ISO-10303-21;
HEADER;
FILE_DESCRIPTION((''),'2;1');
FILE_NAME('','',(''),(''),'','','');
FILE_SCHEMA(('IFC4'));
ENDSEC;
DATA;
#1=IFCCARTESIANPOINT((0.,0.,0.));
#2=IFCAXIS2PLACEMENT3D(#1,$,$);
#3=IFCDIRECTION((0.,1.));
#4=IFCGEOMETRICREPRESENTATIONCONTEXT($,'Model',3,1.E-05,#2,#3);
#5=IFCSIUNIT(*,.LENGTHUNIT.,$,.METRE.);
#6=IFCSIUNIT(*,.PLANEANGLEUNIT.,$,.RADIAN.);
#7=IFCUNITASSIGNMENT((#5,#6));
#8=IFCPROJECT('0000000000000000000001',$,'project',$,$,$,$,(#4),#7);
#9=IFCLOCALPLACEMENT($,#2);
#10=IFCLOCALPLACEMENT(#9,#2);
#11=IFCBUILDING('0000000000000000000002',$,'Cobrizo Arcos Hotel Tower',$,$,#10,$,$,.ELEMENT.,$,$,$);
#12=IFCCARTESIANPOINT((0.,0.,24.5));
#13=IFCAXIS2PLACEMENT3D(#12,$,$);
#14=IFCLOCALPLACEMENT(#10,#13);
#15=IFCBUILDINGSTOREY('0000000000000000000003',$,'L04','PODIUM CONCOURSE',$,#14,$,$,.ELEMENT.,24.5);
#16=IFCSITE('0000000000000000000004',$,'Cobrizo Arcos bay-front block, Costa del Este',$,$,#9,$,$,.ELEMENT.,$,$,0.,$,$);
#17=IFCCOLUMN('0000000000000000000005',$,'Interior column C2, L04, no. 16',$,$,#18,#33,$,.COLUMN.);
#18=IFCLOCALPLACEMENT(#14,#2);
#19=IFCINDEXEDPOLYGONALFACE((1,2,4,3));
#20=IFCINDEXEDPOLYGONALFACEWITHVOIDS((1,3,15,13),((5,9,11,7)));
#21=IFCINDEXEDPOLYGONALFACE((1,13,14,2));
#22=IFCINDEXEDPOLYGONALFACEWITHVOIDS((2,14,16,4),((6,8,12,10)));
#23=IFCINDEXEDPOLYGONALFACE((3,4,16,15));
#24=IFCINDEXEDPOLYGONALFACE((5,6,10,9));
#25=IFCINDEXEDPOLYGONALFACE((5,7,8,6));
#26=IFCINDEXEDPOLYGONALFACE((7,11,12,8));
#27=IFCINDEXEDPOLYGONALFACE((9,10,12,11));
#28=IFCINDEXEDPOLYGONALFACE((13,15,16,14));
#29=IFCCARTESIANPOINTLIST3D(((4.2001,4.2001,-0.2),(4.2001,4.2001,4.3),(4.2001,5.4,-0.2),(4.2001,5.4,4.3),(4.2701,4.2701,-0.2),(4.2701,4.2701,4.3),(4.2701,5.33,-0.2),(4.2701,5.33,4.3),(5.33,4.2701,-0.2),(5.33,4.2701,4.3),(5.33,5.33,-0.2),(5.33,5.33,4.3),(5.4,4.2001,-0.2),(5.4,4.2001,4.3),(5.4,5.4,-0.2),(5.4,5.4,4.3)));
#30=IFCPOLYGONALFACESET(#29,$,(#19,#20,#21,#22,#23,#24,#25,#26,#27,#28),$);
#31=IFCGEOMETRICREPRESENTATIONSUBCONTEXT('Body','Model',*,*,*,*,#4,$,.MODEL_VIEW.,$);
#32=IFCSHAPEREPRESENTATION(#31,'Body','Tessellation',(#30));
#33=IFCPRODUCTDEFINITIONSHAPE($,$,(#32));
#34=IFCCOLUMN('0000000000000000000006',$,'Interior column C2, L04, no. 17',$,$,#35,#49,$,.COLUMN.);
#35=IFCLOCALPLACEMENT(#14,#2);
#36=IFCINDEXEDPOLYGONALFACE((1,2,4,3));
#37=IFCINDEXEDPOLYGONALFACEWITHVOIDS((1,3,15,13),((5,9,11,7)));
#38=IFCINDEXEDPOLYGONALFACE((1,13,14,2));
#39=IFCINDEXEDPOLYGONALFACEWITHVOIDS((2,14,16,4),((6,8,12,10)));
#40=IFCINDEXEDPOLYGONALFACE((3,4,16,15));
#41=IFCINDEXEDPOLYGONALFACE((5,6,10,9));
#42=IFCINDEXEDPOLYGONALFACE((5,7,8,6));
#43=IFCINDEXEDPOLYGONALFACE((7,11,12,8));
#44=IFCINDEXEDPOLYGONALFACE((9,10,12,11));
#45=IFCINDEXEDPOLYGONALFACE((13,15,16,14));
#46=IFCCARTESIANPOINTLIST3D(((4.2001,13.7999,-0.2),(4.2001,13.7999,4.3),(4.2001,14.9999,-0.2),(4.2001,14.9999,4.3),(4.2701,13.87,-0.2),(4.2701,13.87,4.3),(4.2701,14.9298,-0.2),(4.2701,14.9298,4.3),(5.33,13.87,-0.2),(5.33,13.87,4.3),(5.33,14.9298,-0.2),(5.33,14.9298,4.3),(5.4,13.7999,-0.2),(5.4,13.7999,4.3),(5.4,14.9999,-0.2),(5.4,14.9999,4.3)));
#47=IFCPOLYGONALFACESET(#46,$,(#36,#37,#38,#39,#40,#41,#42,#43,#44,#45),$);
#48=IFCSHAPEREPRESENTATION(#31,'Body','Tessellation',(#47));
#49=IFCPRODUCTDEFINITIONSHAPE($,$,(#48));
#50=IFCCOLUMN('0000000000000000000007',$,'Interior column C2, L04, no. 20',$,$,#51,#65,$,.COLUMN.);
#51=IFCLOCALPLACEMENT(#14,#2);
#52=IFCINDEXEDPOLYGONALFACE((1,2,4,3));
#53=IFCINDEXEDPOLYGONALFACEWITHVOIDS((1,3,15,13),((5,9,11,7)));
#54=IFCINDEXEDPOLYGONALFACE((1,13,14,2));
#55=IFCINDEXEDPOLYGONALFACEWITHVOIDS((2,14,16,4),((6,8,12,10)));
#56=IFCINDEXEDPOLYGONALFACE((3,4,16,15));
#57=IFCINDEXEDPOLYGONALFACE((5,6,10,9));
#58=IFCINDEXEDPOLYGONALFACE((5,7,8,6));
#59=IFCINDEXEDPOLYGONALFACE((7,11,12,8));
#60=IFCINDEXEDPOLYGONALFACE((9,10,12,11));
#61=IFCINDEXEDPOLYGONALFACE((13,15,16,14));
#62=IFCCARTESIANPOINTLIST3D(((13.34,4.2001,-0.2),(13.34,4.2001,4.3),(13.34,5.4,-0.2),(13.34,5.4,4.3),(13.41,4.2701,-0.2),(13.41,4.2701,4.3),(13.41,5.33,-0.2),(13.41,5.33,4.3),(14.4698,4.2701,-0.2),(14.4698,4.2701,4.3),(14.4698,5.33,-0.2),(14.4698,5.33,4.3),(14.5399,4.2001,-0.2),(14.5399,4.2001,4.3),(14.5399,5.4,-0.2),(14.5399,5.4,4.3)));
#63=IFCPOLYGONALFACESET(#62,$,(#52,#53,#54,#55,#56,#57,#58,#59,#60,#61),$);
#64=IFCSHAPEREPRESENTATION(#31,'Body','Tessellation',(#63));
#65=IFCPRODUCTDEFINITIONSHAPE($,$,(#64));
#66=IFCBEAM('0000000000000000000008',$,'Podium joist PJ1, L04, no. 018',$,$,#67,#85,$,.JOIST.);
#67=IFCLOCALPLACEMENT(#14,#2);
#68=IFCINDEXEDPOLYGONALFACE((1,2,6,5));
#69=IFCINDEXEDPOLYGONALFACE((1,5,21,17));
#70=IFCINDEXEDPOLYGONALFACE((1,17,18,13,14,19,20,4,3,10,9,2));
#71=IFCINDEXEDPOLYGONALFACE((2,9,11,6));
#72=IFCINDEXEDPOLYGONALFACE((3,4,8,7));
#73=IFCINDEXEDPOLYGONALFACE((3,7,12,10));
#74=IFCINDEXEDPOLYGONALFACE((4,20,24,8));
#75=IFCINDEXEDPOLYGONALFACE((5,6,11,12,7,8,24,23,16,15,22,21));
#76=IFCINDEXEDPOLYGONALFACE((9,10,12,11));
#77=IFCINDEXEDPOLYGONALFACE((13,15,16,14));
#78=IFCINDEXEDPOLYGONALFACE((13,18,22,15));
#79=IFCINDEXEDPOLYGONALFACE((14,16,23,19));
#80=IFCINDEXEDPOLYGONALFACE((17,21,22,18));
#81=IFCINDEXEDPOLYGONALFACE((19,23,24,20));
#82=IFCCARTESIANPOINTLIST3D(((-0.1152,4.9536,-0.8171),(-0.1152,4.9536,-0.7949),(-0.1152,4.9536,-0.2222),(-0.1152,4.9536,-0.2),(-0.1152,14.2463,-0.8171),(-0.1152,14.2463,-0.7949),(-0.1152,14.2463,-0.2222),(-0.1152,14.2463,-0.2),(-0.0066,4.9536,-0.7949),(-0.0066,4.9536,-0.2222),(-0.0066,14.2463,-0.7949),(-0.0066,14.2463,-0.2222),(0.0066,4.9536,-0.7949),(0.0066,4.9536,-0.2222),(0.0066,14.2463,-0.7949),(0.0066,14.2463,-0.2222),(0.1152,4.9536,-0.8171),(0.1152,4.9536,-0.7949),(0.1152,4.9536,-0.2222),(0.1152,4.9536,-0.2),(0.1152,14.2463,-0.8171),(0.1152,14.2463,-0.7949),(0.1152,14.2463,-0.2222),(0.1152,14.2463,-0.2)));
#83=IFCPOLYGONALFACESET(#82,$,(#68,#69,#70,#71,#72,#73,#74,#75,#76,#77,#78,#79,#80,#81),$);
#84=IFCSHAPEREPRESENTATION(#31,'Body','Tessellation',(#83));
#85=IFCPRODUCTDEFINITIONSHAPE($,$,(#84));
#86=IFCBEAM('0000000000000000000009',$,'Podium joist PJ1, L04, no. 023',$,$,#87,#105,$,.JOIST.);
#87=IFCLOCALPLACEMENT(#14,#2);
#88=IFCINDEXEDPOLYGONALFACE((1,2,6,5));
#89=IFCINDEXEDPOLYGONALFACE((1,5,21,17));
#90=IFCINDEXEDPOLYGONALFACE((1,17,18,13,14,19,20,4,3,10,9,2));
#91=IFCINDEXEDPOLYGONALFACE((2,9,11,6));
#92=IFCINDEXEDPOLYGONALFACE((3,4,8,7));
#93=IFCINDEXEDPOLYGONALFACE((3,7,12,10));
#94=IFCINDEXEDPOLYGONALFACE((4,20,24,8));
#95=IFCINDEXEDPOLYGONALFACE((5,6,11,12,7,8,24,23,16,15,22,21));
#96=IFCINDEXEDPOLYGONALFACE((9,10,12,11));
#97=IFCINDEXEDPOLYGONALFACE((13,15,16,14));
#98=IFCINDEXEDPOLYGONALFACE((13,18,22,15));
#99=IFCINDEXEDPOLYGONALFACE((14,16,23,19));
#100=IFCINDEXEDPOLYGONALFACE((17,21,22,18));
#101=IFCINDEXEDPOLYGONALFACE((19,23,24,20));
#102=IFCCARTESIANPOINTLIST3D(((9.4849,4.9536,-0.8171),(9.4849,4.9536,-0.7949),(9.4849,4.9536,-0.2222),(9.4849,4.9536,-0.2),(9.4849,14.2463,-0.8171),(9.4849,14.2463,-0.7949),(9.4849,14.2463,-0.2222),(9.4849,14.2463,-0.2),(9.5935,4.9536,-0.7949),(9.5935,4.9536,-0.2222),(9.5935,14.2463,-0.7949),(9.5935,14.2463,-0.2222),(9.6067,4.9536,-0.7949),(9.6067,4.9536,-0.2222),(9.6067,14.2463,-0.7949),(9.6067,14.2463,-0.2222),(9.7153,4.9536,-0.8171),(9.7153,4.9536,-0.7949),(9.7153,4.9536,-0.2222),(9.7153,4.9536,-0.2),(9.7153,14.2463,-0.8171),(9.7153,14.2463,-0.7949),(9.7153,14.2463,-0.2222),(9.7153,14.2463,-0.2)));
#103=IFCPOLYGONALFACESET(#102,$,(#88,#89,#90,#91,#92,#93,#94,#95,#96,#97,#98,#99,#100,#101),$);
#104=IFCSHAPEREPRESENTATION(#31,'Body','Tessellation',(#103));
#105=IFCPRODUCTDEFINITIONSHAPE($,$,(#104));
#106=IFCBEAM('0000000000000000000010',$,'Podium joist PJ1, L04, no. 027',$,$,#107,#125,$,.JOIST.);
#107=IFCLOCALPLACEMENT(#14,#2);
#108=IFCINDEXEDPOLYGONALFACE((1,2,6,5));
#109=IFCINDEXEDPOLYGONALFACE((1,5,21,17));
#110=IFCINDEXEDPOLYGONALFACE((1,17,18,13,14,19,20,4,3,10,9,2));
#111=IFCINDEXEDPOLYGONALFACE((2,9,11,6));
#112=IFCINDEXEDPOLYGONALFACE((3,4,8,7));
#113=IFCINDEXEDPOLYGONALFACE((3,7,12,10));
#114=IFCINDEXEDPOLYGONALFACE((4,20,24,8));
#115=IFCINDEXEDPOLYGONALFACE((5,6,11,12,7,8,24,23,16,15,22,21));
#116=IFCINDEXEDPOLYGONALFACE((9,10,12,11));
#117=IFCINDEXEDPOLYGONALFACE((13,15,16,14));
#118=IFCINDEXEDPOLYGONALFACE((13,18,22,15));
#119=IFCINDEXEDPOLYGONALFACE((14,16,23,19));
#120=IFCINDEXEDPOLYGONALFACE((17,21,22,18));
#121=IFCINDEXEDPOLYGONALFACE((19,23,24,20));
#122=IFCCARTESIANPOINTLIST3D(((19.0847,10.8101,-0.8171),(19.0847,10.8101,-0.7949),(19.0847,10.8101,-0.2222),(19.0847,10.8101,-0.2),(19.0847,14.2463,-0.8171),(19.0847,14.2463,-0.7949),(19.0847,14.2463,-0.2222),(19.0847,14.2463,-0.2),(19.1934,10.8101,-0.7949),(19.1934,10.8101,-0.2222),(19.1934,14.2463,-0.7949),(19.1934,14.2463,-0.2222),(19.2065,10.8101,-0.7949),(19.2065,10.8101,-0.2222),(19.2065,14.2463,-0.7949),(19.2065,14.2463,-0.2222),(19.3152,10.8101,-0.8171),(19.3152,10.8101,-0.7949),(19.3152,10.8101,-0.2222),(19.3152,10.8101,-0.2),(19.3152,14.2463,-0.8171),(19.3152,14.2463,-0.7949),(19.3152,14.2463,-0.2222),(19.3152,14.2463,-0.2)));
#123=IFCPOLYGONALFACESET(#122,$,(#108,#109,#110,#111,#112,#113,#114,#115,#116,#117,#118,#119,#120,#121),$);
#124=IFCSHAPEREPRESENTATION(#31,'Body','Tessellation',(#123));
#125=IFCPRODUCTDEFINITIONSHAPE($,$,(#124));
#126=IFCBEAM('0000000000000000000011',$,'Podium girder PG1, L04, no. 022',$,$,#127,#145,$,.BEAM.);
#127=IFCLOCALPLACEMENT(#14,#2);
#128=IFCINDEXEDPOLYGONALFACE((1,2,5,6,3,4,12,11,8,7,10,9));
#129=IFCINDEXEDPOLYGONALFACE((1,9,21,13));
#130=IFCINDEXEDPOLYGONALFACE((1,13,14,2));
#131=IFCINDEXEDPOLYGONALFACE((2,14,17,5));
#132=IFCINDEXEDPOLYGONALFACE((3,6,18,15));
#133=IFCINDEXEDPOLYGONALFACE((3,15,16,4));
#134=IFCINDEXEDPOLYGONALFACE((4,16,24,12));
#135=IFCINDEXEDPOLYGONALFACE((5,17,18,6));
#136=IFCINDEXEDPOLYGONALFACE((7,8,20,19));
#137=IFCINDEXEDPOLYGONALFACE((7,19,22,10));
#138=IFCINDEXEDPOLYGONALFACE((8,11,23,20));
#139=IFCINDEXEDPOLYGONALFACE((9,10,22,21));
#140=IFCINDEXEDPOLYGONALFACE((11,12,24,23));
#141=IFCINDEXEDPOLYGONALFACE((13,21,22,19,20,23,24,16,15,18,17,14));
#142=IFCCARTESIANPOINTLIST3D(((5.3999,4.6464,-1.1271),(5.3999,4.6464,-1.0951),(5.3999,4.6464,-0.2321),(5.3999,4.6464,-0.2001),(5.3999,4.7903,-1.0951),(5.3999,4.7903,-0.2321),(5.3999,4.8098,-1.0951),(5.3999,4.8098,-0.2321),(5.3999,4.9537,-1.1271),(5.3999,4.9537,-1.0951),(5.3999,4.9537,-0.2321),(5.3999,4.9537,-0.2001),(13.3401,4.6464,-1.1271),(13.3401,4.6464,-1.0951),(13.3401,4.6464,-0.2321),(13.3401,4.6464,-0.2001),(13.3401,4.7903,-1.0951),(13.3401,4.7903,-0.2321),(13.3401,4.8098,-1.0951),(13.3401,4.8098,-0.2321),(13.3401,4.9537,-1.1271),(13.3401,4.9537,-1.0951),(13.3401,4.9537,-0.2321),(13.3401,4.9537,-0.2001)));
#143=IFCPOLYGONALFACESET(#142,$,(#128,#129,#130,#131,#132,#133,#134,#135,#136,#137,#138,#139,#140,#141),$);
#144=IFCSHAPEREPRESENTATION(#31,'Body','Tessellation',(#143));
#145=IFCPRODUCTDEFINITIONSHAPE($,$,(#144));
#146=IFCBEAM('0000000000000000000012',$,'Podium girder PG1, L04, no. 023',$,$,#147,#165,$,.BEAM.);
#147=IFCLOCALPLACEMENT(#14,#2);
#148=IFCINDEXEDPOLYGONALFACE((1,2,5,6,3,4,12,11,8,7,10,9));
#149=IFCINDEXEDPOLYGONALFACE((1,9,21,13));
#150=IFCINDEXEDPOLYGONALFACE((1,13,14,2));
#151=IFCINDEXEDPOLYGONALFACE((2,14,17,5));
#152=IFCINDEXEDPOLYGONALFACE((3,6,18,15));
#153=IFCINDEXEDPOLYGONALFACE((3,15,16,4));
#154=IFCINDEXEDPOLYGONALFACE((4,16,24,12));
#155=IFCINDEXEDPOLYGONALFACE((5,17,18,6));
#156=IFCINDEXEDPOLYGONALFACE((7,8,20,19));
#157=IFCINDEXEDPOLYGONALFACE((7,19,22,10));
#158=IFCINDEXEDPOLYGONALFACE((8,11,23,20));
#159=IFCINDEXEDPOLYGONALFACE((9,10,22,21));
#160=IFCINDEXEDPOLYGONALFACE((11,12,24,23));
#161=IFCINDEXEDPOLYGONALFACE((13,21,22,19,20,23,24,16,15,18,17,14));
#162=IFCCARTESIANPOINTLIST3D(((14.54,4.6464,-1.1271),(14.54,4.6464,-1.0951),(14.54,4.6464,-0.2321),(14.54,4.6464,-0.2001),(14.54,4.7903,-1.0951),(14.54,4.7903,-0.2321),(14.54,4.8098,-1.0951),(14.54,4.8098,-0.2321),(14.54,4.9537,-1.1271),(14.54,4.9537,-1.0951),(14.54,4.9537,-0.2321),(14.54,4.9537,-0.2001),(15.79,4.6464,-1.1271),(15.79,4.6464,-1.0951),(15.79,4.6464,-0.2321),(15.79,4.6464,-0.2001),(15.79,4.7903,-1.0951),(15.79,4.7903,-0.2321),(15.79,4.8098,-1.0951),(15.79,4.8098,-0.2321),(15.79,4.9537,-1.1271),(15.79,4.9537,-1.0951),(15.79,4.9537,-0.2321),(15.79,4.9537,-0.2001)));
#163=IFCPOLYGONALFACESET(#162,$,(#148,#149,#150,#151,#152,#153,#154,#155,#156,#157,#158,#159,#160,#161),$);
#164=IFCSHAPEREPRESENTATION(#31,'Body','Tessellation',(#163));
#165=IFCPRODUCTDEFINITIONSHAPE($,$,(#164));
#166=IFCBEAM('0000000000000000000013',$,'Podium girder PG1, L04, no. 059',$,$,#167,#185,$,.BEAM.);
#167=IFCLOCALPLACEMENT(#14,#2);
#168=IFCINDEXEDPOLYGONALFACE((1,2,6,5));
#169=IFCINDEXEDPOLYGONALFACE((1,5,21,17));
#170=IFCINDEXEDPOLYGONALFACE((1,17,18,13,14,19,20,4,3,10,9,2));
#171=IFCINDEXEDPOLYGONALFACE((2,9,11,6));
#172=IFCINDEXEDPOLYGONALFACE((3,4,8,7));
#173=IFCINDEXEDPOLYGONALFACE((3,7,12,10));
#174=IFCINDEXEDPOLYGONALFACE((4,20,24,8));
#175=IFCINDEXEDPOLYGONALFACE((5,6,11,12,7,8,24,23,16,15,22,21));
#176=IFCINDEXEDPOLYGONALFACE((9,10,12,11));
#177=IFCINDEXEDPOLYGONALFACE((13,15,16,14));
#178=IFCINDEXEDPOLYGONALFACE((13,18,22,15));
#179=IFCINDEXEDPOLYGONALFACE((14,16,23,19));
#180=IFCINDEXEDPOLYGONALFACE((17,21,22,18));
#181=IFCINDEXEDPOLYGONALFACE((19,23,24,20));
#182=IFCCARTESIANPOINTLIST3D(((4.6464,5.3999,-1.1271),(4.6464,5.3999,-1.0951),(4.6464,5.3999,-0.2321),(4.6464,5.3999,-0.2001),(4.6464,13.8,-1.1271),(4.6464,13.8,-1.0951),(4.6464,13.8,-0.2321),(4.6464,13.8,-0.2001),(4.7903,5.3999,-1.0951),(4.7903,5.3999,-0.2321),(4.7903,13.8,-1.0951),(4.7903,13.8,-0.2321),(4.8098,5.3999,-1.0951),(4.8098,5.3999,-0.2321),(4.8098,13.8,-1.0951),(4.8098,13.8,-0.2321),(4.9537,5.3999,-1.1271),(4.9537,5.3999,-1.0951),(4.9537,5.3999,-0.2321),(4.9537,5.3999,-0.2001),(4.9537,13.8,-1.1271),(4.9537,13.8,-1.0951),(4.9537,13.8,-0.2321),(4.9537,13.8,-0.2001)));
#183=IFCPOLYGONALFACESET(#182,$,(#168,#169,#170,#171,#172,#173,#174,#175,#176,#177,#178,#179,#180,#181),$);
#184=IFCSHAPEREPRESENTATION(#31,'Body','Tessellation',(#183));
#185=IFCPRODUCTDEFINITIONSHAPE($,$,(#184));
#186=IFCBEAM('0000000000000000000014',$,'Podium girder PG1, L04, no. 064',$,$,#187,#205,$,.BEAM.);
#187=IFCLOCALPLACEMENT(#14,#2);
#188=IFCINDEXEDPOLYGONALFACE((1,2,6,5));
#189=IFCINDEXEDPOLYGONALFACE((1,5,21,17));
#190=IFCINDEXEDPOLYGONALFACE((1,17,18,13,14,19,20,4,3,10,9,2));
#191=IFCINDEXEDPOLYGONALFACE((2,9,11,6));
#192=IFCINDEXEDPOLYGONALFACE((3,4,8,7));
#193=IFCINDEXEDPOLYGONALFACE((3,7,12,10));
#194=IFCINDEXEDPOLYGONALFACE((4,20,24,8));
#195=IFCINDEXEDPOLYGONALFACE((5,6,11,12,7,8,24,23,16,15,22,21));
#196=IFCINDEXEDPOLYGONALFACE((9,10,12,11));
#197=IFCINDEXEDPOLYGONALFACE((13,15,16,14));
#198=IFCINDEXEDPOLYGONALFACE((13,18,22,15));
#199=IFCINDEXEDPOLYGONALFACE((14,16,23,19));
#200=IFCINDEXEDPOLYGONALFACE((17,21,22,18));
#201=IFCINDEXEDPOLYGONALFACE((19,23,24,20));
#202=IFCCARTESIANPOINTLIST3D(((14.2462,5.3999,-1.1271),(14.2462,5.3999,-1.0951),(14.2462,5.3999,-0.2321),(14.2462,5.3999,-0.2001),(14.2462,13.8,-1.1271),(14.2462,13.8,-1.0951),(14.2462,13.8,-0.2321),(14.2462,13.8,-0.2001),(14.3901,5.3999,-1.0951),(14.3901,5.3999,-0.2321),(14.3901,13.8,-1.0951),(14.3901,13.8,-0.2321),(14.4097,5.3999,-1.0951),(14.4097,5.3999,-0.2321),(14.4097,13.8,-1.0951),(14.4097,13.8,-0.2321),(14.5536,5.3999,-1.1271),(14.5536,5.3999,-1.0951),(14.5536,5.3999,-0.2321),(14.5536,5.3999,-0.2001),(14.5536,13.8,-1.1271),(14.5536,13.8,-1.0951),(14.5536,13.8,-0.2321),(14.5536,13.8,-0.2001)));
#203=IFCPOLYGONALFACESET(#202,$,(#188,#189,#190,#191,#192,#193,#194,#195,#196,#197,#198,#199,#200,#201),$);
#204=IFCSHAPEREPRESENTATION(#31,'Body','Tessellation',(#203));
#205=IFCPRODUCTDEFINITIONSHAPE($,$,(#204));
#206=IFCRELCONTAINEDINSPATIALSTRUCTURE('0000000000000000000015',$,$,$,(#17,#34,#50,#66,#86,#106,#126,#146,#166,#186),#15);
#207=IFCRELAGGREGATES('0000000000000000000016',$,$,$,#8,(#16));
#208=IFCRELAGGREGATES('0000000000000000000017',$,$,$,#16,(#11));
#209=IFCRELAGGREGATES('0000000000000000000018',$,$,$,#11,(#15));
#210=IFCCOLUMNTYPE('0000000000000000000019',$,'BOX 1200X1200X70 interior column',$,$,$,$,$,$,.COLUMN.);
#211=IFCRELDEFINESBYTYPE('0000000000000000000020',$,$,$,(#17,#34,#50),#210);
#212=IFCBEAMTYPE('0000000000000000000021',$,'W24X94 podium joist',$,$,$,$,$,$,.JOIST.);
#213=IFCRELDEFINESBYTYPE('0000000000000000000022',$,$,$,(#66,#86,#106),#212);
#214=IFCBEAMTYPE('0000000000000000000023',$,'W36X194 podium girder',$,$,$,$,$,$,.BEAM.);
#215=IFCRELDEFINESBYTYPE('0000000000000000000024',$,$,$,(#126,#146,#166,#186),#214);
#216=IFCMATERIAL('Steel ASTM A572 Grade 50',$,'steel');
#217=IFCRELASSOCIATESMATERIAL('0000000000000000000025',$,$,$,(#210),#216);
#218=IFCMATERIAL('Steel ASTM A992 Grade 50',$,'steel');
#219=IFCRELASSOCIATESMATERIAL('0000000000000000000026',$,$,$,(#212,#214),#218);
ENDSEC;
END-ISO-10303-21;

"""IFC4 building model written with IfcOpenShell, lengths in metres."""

from ifc_helpers import new_model, si_unit, direction, frame, origin, origin_2d, place, context, subcontext, project, spatial, hollow_rectangle, i_section, extrude, material, material_profile, profile_set, type_object, element, save


model = new_model("IFC4")

# Units and contexts
model_context = context("Model", 3, precision=1e-05, world=origin(), true_north=direction((0.0, 1.0)))
body_context = subcontext(model_context, "Body", "Model", "MODEL_VIEW")
ifc_project = project(units=[si_unit("LENGTHUNIT", "METRE"), si_unit("PLANEANGLEUNIT", "RADIAN")], contexts=[model_context])

# Site, building, storey
site_placement = place(None, origin())
site = spatial("IfcSite", under=ifc_project, at=site_placement, Name="Cobrizo Arcos bay-front block, Costa del Este", CompositionType="ELEMENT", RefElevation=0.0)
building_placement = place(site_placement, origin())
building = spatial("IfcBuilding", under=site, at=building_placement, Name="Cobrizo Arcos Hotel Tower", CompositionType="ELEMENT")
storey_placement = place(building_placement, frame((0.0, 0.0, 24.5)))
storey = spatial("IfcBuildingStorey", under=building, at=storey_placement, Name="L04", Description="PODIUM CONCOURSE", CompositionType="ELEMENT", Elevation=24.5)

# Columns
ifc_material_1 = material(Name="Steel ASTM A572 Grade 50", Category="steel")
ifc_material_profile_1 = material_profile(ifc_material_1, hollow_rectangle(XDim=1.2, YDim=1.2, WallThickness=0.0701, at=origin_2d()), Name="BOX 1200X1200X70")
ifc_profile_set_1 = profile_set([ifc_material_profile_1], Name="Steel ASTM A572 Grade 50")
column_type = type_object("IfcColumnType", Name="BOX 1200X1200X70 interior column", PredefinedType="COLUMN", material=ifc_profile_set_1)
for number, where, z_axis, x_axis, name in (
    (1, (4.8, 4.8, -0.2), (0.0, 0.0, 1.0), (1.0, 0.0, 0.0), "Interior column C2, L04, no. 16"),
    (2, (4.8, 14.3999, -0.2), (0.0, 0.0, 1.0), (1.0, 0.0, 0.0), "Interior column C2, L04, no. 17"),
    (3, (13.9399, 4.8, -0.2), (0.0, 0.0, 1.0), (1.0, 0.0, 0.0), "Interior column C2, L04, no. 20"),
):
    element("IfcColumn", number, at=place(storey_placement, frame(where, z_axis=z_axis, x_axis=x_axis)), inside=storey, type_object=column_type, Name=name, PredefinedType="COLUMN", context=body_context, shape_type="SweptSolid", body=[
        extrude(hollow_rectangle(XDim=1.2, YDim=1.2, WallThickness=0.0701, at=origin_2d()), origin(), (0.0, 0.0, 1.0), 4.5),
    ])

# Beams
ifc_material_2 = material(Name="Steel ASTM A992 Grade 50", Category="steel")
ifc_material_profile_2 = material_profile(ifc_material_2, i_section(OverallWidth=0.2305, OverallDepth=0.6172, WebThickness=0.0132, FlangeThickness=0.0222, at=origin_2d()), Name="W24X94")
ifc_profile_set_2 = profile_set([ifc_material_profile_2], Name="Steel ASTM A992 Grade 50")
beam_type_1 = type_object("IfcBeamType", Name="W24X94 podium joist", PredefinedType="JOIST", material=ifc_profile_set_2)
for number, where, z_axis, x_axis, name in (
    (4, (0.0, 4.9536, -0.5085), (0.0, 1.0, 0.0), (-1.0, 0.0, 0.0), "Podium joist PJ1, L04, no. 018"),
    (5, (9.6001, 4.9536, -0.5085), (0.0, 1.0, 0.0), (-1.0, 0.0, 0.0), "Podium joist PJ1, L04, no. 023"),
):
    element("IfcBeam", number, at=place(storey_placement, frame(where, z_axis=z_axis, x_axis=x_axis)), inside=storey, type_object=beam_type_1, Name=name, PredefinedType="JOIST", context=body_context, shape_type="SweptSolid", body=[
        extrude(i_section(OverallWidth=0.2305, OverallDepth=0.6172, WebThickness=0.0132, FlangeThickness=0.0222, at=origin_2d()), origin(), (0.0, 0.0, 1.0), 9.2927),
    ])
beam_1_placement = place(storey_placement, frame((19.2, 10.8101, -0.5085), z_axis=(0.0, 1.0, 0.0), x_axis=(-1.0, 0.0, 0.0)))
element("IfcBeam", 6, at=beam_1_placement, inside=storey, type_object=beam_type_1, Name="Podium joist PJ1, L04, no. 027", PredefinedType="JOIST", context=body_context, shape_type="SweptSolid", body=[
    extrude(i_section(OverallWidth=0.2305, OverallDepth=0.6172, WebThickness=0.0132, FlangeThickness=0.0222, at=origin_2d()), origin(), (0.0, 0.0, 1.0), 3.4363),
])
ifc_material_profile_3 = material_profile(ifc_material_2, i_section(OverallWidth=0.3074, OverallDepth=0.927, WebThickness=0.0195, FlangeThickness=0.032, at=origin_2d()), Name="W36X194")
ifc_profile_set_3 = profile_set([ifc_material_profile_3], Name="Steel ASTM A992 Grade 50")
beam_type_2 = type_object("IfcBeamType", Name="W36X194 podium girder", PredefinedType="BEAM", material=ifc_profile_set_3)
beam_2_placement = place(storey_placement, frame((5.3999, 4.8, -0.6636), z_axis=(1.0, 0.0, 0.0), x_axis=(0.0, 1.0, 0.0)))
element("IfcBeam", 7, at=beam_2_placement, inside=storey, type_object=beam_type_2, Name="Podium girder PG1, L04, no. 022", PredefinedType="BEAM", context=body_context, shape_type="SweptSolid", body=[
    extrude(i_section(OverallWidth=0.3074, OverallDepth=0.927, WebThickness=0.0195, FlangeThickness=0.032, at=origin_2d()), origin(), (0.0, 0.0, 1.0), 7.9402),
])
beam_3_placement = place(storey_placement, frame((14.54, 4.8, -0.6636), z_axis=(1.0, 0.0, 0.0), x_axis=(0.0, 1.0, 0.0)))
element("IfcBeam", 8, at=beam_3_placement, inside=storey, type_object=beam_type_2, Name="Podium girder PG1, L04, no. 023", PredefinedType="BEAM", context=body_context, shape_type="SweptSolid", body=[
    extrude(i_section(OverallWidth=0.3074, OverallDepth=0.927, WebThickness=0.0195, FlangeThickness=0.032, at=origin_2d()), origin(), (0.0, 0.0, 1.0), 1.25),
])
for number, where, z_axis, x_axis, name in (
    (9, (4.8, 5.3999, -0.6636), (0.0, 1.0, 0.0), (-1.0, 0.0, 0.0), "Podium girder PG1, L04, no. 059"),
    (10, (14.3999, 5.3999, -0.6636), (0.0, 1.0, 0.0), (-1.0, 0.0, 0.0), "Podium girder PG1, L04, no. 064"),
):
    element("IfcBeam", number, at=place(storey_placement, frame(where, z_axis=z_axis, x_axis=x_axis)), inside=storey, type_object=beam_type_2, Name=name, PredefinedType="BEAM", context=body_context, shape_type="SweptSolid", body=[
        extrude(i_section(OverallWidth=0.3074, OverallDepth=0.927, WebThickness=0.0195, FlangeThickness=0.032, at=origin_2d()), origin(), (0.0, 0.0, 1.0), 8.4001),
    ])

save(model, "model.ifc")
